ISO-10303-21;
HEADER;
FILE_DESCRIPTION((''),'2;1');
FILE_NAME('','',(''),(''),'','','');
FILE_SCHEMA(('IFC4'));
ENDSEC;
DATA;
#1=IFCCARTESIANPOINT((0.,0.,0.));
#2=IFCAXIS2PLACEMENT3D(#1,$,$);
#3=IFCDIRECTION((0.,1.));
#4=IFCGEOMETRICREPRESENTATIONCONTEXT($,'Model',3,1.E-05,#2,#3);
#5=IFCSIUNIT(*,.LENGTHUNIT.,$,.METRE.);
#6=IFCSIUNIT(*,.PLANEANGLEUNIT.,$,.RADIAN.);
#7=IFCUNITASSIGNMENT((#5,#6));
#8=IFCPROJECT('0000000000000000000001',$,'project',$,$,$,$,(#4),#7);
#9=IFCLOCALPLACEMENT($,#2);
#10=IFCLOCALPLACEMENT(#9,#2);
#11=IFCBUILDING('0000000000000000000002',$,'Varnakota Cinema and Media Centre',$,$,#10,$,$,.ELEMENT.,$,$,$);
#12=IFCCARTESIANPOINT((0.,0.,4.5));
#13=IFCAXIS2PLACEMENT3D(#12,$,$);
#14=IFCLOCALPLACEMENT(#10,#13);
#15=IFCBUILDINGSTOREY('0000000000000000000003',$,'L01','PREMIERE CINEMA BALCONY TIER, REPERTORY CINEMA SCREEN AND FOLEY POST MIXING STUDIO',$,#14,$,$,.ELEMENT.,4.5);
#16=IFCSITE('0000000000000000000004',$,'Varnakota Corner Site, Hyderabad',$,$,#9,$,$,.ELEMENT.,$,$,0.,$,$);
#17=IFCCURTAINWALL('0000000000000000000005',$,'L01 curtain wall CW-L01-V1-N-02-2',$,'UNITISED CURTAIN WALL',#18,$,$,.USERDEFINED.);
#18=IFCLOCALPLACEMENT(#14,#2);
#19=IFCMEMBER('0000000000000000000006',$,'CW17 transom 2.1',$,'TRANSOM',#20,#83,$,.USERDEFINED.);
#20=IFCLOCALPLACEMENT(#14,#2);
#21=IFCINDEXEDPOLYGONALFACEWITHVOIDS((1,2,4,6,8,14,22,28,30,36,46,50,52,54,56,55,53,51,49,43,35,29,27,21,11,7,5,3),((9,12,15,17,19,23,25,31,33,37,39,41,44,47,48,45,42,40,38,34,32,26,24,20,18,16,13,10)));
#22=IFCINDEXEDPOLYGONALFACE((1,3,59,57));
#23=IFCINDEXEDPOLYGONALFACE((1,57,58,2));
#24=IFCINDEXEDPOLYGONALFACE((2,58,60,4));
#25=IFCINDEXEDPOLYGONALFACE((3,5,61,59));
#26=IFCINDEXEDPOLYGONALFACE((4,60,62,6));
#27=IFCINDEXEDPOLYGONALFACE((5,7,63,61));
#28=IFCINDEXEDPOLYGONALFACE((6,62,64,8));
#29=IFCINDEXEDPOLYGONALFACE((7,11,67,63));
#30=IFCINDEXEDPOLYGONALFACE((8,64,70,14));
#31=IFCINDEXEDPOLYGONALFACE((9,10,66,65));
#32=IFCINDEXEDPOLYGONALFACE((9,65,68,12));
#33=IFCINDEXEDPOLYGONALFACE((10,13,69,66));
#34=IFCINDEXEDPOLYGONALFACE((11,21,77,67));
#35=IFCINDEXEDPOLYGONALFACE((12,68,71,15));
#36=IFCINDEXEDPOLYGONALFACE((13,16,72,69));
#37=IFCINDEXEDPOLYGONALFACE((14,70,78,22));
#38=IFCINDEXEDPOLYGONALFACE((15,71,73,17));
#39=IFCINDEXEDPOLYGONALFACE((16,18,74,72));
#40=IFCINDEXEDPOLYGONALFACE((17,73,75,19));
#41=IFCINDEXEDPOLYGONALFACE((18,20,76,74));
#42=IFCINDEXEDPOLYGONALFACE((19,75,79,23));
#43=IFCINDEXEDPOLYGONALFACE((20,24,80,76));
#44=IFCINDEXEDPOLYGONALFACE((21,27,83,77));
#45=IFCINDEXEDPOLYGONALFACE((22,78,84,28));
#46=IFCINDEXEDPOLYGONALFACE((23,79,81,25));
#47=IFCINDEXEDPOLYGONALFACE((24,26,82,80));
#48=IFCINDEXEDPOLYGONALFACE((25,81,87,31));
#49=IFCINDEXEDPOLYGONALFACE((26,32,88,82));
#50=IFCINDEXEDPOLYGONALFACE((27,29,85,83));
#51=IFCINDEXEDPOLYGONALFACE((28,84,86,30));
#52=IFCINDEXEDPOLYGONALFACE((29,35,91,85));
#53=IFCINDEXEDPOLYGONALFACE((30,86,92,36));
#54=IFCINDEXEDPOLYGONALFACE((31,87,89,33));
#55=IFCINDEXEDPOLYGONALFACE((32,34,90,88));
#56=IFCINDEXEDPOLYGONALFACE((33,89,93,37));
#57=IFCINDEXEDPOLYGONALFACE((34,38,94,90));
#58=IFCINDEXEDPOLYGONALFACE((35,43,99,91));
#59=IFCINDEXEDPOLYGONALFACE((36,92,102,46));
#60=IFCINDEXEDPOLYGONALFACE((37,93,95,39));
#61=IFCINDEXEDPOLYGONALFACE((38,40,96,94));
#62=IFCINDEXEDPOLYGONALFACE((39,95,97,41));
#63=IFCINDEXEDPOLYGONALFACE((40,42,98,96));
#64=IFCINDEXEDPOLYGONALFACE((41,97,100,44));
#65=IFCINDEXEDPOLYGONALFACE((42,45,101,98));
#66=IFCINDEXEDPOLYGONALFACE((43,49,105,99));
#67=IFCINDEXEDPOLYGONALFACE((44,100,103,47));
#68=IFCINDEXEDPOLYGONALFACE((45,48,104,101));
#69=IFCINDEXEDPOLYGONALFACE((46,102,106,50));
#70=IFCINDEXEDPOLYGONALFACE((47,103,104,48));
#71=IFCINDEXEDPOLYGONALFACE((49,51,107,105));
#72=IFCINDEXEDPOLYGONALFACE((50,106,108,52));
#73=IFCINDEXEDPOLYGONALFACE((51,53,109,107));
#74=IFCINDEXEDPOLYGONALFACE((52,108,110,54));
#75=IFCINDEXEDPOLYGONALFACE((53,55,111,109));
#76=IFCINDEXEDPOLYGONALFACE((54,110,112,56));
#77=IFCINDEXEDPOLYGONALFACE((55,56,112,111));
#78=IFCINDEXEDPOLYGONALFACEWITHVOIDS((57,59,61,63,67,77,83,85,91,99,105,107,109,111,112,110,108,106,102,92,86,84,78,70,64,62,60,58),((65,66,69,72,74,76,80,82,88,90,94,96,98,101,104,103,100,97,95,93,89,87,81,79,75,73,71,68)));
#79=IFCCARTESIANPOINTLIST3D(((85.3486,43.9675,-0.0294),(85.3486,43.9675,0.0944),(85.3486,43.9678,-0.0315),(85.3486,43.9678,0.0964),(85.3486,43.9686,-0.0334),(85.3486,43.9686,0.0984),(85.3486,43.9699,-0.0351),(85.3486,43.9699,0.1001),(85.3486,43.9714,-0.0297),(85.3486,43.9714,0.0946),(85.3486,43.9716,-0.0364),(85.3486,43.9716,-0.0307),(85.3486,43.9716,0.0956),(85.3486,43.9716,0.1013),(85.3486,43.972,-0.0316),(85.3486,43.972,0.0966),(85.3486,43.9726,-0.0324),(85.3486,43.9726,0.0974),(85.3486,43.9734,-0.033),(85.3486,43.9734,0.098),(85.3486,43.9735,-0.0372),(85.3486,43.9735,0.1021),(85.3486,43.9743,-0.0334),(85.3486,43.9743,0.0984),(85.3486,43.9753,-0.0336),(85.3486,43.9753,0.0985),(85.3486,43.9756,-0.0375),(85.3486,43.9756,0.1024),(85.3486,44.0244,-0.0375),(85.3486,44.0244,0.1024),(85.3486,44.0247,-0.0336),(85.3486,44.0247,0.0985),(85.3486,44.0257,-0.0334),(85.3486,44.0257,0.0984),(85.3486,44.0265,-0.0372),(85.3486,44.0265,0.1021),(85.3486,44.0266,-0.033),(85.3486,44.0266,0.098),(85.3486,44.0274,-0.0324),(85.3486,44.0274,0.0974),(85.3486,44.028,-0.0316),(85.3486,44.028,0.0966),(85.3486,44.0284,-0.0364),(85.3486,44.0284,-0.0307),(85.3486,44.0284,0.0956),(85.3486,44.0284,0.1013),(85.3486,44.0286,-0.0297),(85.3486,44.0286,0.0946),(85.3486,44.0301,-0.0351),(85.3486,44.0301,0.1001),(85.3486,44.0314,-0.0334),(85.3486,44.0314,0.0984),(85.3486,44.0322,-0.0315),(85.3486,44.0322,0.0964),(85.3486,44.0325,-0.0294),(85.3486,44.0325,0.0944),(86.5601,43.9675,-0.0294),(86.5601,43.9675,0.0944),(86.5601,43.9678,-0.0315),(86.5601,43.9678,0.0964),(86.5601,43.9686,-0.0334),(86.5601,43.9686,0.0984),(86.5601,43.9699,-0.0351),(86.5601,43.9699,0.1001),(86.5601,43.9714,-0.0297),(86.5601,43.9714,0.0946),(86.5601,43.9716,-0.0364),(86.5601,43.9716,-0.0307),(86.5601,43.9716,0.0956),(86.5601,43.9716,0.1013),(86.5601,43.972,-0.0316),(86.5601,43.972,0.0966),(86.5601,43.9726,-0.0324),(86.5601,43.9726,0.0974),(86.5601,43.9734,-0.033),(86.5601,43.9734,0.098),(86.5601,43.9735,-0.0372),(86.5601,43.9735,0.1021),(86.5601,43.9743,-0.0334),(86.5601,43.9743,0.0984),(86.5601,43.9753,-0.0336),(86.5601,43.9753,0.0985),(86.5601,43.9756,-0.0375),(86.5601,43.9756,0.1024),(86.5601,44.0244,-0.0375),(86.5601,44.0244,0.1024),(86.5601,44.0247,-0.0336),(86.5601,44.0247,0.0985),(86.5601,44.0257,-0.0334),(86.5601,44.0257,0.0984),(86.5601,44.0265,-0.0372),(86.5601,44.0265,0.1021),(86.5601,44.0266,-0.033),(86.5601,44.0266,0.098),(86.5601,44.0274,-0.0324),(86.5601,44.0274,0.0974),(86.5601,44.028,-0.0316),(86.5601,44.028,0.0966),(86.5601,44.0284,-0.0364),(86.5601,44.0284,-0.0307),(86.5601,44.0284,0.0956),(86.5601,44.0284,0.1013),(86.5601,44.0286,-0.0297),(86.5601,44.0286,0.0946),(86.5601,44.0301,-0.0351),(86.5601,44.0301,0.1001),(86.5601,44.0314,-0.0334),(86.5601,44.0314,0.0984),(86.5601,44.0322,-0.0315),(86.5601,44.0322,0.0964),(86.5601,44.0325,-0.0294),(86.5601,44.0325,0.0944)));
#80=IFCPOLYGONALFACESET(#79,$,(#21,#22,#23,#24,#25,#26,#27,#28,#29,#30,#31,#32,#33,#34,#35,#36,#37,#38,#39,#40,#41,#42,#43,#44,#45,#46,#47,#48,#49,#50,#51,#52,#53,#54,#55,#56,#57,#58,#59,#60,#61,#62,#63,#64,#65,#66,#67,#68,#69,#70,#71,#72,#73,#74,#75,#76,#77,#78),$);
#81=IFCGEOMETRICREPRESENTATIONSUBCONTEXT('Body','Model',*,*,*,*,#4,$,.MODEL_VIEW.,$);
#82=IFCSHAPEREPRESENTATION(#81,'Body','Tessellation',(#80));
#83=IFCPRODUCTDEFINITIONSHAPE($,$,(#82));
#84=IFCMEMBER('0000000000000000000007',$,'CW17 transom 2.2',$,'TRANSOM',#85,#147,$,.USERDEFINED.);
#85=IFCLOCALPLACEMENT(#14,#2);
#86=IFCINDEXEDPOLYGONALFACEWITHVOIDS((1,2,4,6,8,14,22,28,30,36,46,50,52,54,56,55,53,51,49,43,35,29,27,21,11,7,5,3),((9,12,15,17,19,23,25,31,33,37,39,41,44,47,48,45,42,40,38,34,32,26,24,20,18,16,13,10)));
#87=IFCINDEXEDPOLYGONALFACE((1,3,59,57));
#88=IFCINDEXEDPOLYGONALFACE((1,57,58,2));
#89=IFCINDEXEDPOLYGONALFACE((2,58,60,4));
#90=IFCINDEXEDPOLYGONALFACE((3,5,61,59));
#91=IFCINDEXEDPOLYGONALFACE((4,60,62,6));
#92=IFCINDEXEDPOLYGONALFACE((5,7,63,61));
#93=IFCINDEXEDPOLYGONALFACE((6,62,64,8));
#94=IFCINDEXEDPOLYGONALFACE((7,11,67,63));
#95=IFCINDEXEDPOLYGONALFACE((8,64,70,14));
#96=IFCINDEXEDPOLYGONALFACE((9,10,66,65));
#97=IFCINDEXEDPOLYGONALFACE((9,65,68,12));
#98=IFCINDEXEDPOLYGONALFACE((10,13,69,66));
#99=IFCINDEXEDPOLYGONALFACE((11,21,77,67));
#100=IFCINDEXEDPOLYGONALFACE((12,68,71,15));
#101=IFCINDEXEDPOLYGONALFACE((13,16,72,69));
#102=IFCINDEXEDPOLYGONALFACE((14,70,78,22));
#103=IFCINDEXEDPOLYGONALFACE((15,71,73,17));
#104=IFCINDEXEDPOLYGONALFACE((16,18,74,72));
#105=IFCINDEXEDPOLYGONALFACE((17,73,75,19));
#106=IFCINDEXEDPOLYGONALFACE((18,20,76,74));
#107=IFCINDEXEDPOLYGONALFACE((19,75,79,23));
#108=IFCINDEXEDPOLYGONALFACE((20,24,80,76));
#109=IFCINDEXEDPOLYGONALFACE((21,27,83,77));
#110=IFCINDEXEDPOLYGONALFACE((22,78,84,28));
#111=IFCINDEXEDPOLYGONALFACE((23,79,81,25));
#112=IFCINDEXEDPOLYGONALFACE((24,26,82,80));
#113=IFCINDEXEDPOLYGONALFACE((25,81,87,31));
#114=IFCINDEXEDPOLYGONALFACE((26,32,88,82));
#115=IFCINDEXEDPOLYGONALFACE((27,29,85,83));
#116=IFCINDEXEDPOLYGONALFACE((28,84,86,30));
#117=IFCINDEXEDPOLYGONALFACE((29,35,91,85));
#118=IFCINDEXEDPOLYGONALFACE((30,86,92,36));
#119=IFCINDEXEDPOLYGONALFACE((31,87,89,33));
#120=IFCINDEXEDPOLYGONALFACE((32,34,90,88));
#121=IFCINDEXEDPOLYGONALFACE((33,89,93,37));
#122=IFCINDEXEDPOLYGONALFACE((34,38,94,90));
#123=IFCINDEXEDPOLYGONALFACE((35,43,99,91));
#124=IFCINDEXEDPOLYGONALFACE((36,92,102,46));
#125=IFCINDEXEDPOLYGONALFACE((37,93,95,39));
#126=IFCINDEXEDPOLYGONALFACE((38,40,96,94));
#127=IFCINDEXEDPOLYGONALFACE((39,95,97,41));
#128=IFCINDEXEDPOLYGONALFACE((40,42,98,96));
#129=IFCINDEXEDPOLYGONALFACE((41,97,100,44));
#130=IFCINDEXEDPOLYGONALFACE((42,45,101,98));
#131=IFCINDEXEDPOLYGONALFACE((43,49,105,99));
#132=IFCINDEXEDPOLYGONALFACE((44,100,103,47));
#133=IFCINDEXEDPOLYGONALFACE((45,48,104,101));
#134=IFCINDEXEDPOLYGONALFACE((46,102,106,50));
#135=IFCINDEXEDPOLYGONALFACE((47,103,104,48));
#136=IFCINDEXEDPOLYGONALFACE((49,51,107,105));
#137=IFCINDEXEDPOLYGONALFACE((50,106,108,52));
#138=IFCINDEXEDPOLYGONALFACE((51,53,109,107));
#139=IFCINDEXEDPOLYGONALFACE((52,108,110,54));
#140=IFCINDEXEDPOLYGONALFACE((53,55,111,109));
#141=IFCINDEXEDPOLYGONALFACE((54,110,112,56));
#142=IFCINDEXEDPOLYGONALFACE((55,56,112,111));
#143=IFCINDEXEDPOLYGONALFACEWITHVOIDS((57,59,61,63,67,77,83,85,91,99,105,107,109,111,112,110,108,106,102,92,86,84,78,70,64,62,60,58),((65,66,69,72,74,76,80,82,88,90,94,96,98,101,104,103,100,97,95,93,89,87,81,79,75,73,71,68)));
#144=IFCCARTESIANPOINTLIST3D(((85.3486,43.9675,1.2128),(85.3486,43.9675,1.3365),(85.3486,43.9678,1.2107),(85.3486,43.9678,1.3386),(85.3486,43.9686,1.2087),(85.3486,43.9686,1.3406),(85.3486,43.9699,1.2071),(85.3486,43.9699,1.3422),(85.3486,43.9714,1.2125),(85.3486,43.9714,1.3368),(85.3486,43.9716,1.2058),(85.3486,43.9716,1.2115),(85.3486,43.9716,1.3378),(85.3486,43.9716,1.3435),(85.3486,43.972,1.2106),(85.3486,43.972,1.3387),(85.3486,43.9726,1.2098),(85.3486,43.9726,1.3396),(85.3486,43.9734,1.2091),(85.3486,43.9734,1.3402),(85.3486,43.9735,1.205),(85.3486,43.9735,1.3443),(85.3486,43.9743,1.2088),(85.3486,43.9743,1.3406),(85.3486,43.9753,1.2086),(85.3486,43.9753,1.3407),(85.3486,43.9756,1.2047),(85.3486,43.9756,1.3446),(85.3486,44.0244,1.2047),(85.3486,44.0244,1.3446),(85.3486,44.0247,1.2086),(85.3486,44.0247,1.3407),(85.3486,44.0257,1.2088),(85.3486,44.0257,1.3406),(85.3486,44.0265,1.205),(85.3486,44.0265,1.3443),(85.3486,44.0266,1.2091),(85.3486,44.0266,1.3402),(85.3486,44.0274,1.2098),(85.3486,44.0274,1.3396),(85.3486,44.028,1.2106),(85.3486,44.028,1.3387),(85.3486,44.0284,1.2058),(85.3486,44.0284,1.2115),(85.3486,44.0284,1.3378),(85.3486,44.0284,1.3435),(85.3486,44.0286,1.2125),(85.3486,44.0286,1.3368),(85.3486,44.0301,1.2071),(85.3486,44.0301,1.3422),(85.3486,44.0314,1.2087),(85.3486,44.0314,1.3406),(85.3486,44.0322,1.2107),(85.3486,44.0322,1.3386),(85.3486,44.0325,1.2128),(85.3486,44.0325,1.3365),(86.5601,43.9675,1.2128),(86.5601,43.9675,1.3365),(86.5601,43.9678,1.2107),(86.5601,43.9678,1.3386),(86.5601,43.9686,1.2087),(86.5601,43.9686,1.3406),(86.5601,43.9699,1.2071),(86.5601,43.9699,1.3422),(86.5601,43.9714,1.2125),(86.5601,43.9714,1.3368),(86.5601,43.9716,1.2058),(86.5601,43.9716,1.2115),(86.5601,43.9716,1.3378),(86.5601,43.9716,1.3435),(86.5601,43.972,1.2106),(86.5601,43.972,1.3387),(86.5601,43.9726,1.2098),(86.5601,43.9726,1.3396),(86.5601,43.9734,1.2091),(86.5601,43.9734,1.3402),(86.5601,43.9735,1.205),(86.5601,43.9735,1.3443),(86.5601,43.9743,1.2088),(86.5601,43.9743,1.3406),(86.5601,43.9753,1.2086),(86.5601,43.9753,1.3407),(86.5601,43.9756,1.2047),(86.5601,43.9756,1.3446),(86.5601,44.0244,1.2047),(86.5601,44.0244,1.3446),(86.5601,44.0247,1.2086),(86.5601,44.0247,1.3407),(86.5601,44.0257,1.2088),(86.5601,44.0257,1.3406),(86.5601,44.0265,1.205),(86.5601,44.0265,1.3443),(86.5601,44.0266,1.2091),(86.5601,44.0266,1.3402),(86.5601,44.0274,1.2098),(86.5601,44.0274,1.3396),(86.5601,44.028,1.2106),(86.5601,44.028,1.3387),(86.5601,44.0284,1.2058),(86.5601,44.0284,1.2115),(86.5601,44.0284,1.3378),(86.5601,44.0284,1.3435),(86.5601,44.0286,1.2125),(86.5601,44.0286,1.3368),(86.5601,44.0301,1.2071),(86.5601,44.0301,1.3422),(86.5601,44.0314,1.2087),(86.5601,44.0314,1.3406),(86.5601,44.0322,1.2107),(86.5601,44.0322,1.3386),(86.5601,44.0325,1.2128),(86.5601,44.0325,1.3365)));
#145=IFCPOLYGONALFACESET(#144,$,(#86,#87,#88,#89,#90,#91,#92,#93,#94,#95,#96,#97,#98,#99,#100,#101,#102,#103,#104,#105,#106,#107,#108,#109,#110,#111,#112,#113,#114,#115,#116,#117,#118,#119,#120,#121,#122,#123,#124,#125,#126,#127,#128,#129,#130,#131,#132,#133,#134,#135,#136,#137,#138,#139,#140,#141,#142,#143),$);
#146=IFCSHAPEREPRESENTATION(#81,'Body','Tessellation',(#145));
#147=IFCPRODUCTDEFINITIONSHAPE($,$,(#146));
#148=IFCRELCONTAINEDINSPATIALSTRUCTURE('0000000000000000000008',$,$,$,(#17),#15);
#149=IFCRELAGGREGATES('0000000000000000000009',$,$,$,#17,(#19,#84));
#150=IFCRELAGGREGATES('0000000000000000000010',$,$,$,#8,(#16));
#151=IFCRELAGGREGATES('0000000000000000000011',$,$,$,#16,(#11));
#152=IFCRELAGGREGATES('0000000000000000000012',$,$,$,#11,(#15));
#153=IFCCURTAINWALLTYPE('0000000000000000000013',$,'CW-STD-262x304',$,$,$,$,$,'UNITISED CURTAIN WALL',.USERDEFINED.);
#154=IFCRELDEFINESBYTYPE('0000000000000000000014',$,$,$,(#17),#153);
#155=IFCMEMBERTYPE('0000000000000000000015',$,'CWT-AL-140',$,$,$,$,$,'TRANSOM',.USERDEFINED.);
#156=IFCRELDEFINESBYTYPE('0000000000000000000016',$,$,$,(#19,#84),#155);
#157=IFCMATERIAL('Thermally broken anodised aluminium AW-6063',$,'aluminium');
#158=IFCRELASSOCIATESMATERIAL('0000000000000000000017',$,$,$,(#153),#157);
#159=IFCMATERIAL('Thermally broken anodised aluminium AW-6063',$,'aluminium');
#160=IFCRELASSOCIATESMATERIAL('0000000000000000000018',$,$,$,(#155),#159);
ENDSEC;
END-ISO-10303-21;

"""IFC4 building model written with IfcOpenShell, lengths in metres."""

from ifc_helpers import new_model, si_unit, direction, frame, origin, origin_2d, place, context, subcontext, project, spatial, hollow_rectangle, extrude, material, material_profile, profile_set, type_object, element, aggregate, save


model = new_model("IFC4")

# Units and contexts
model_context = context("Model", 3, precision=1e-05, world=origin(), true_north=direction((0.0, 1.0)))
body_context = subcontext(model_context, "Body", "Model", "MODEL_VIEW")
ifc_project = project(units=[si_unit("LENGTHUNIT", "METRE"), si_unit("PLANEANGLEUNIT", "RADIAN")], contexts=[model_context])

# Site, building, storey
site_placement = place(None, origin())
site = spatial("IfcSite", under=ifc_project, at=site_placement, Name="Varnakota Corner Site, Hyderabad", CompositionType="ELEMENT", RefElevation=0.0)
building_placement = place(site_placement, origin())
building = spatial("IfcBuilding", under=site, at=building_placement, Name="Varnakota Cinema and Media Centre", CompositionType="ELEMENT")
storey_placement = place(building_placement, frame((0.0, 0.0, 4.5)))
storey = spatial("IfcBuildingStorey", under=building, at=storey_placement, Name="L01", Description="PREMIERE CINEMA BALCONY TIER, REPERTORY CINEMA SCREEN AND FOLEY POST MIXING STUDIO", CompositionType="ELEMENT", Elevation=4.5)

# Curtain wall
ifc_material_1 = material(Name="Thermally broken anodised aluminium AW-6063", Category="aluminium")
curtain_wall_type = type_object("IfcCurtainWallType", Name="CW-STD-262x304", ElementType="UNITISED CURTAIN WALL", PredefinedType="USERDEFINED", material=ifc_material_1)
curtain_wall_1_placement = place(storey_placement, origin())
curtain_wall_1 = element("IfcCurtainWall", 1, at=curtain_wall_1_placement, inside=storey, type_object=curtain_wall_type, Name="L01 curtain wall CW-L01-V1-N-02-2", ObjectType="UNITISED CURTAIN WALL", PredefinedType="USERDEFINED")

# Members
ifc_material_2 = material(Name="Thermally broken anodised aluminium AW-6063", Category="aluminium")
ifc_material_profile_1 = material_profile(ifc_material_2, hollow_rectangle(XDim=0.0649, YDim=0.1399, WallThickness=0.0039, InnerFilletRadius=0.0039, OuterFilletRadius=0.0081, at=origin_2d()), Name="AL-TRANSOM 140x65x4")
ifc_profile_set_1 = profile_set([ifc_material_profile_1], Name="Thermally broken anodised aluminium AW-6063")
member_type_1 = type_object("IfcMemberType", Name="CWT-AL-140", ElementType="TRANSOM", PredefinedType="USERDEFINED", material=ifc_profile_set_1)
member_1_placement = place(storey_placement, frame((85.3486, 44.0, 0.0325), z_axis=(1.0, 0.0, 0.0), x_axis=(0.0, 1.0, 0.0)))
member_1 = element("IfcMember", 2, at=member_1_placement, type_object=member_type_1, Name="CW17 transom 2.1", ObjectType="TRANSOM", PredefinedType="USERDEFINED", context=body_context, shape_type="SweptSolid", body=[
    extrude(hollow_rectangle(XDim=0.0649, YDim=0.1399, WallThickness=0.0039, InnerFilletRadius=0.0039, OuterFilletRadius=0.0081, at=origin_2d()), origin(), (0.0, 0.0, 1.0), 1.2114),
])
member_2_placement = place(storey_placement, frame((85.3486, 44.0, 1.2747), z_axis=(1.0, 0.0, 0.0), x_axis=(0.0, 1.0, 0.0)))
member_2 = element("IfcMember", 3, at=member_2_placement, type_object=member_type_1, Name="CW17 transom 2.2", ObjectType="TRANSOM", PredefinedType="USERDEFINED", context=body_context, shape_type="SweptSolid", body=[
    extrude(hollow_rectangle(XDim=0.0649, YDim=0.1399, WallThickness=0.0039, InnerFilletRadius=0.0039, OuterFilletRadius=0.0081, at=origin_2d()), origin(), (0.0, 0.0, 1.0), 1.2114),
])

aggregate(curtain_wall_1, [member_1, member_2])

save(model, "model.ifc")
